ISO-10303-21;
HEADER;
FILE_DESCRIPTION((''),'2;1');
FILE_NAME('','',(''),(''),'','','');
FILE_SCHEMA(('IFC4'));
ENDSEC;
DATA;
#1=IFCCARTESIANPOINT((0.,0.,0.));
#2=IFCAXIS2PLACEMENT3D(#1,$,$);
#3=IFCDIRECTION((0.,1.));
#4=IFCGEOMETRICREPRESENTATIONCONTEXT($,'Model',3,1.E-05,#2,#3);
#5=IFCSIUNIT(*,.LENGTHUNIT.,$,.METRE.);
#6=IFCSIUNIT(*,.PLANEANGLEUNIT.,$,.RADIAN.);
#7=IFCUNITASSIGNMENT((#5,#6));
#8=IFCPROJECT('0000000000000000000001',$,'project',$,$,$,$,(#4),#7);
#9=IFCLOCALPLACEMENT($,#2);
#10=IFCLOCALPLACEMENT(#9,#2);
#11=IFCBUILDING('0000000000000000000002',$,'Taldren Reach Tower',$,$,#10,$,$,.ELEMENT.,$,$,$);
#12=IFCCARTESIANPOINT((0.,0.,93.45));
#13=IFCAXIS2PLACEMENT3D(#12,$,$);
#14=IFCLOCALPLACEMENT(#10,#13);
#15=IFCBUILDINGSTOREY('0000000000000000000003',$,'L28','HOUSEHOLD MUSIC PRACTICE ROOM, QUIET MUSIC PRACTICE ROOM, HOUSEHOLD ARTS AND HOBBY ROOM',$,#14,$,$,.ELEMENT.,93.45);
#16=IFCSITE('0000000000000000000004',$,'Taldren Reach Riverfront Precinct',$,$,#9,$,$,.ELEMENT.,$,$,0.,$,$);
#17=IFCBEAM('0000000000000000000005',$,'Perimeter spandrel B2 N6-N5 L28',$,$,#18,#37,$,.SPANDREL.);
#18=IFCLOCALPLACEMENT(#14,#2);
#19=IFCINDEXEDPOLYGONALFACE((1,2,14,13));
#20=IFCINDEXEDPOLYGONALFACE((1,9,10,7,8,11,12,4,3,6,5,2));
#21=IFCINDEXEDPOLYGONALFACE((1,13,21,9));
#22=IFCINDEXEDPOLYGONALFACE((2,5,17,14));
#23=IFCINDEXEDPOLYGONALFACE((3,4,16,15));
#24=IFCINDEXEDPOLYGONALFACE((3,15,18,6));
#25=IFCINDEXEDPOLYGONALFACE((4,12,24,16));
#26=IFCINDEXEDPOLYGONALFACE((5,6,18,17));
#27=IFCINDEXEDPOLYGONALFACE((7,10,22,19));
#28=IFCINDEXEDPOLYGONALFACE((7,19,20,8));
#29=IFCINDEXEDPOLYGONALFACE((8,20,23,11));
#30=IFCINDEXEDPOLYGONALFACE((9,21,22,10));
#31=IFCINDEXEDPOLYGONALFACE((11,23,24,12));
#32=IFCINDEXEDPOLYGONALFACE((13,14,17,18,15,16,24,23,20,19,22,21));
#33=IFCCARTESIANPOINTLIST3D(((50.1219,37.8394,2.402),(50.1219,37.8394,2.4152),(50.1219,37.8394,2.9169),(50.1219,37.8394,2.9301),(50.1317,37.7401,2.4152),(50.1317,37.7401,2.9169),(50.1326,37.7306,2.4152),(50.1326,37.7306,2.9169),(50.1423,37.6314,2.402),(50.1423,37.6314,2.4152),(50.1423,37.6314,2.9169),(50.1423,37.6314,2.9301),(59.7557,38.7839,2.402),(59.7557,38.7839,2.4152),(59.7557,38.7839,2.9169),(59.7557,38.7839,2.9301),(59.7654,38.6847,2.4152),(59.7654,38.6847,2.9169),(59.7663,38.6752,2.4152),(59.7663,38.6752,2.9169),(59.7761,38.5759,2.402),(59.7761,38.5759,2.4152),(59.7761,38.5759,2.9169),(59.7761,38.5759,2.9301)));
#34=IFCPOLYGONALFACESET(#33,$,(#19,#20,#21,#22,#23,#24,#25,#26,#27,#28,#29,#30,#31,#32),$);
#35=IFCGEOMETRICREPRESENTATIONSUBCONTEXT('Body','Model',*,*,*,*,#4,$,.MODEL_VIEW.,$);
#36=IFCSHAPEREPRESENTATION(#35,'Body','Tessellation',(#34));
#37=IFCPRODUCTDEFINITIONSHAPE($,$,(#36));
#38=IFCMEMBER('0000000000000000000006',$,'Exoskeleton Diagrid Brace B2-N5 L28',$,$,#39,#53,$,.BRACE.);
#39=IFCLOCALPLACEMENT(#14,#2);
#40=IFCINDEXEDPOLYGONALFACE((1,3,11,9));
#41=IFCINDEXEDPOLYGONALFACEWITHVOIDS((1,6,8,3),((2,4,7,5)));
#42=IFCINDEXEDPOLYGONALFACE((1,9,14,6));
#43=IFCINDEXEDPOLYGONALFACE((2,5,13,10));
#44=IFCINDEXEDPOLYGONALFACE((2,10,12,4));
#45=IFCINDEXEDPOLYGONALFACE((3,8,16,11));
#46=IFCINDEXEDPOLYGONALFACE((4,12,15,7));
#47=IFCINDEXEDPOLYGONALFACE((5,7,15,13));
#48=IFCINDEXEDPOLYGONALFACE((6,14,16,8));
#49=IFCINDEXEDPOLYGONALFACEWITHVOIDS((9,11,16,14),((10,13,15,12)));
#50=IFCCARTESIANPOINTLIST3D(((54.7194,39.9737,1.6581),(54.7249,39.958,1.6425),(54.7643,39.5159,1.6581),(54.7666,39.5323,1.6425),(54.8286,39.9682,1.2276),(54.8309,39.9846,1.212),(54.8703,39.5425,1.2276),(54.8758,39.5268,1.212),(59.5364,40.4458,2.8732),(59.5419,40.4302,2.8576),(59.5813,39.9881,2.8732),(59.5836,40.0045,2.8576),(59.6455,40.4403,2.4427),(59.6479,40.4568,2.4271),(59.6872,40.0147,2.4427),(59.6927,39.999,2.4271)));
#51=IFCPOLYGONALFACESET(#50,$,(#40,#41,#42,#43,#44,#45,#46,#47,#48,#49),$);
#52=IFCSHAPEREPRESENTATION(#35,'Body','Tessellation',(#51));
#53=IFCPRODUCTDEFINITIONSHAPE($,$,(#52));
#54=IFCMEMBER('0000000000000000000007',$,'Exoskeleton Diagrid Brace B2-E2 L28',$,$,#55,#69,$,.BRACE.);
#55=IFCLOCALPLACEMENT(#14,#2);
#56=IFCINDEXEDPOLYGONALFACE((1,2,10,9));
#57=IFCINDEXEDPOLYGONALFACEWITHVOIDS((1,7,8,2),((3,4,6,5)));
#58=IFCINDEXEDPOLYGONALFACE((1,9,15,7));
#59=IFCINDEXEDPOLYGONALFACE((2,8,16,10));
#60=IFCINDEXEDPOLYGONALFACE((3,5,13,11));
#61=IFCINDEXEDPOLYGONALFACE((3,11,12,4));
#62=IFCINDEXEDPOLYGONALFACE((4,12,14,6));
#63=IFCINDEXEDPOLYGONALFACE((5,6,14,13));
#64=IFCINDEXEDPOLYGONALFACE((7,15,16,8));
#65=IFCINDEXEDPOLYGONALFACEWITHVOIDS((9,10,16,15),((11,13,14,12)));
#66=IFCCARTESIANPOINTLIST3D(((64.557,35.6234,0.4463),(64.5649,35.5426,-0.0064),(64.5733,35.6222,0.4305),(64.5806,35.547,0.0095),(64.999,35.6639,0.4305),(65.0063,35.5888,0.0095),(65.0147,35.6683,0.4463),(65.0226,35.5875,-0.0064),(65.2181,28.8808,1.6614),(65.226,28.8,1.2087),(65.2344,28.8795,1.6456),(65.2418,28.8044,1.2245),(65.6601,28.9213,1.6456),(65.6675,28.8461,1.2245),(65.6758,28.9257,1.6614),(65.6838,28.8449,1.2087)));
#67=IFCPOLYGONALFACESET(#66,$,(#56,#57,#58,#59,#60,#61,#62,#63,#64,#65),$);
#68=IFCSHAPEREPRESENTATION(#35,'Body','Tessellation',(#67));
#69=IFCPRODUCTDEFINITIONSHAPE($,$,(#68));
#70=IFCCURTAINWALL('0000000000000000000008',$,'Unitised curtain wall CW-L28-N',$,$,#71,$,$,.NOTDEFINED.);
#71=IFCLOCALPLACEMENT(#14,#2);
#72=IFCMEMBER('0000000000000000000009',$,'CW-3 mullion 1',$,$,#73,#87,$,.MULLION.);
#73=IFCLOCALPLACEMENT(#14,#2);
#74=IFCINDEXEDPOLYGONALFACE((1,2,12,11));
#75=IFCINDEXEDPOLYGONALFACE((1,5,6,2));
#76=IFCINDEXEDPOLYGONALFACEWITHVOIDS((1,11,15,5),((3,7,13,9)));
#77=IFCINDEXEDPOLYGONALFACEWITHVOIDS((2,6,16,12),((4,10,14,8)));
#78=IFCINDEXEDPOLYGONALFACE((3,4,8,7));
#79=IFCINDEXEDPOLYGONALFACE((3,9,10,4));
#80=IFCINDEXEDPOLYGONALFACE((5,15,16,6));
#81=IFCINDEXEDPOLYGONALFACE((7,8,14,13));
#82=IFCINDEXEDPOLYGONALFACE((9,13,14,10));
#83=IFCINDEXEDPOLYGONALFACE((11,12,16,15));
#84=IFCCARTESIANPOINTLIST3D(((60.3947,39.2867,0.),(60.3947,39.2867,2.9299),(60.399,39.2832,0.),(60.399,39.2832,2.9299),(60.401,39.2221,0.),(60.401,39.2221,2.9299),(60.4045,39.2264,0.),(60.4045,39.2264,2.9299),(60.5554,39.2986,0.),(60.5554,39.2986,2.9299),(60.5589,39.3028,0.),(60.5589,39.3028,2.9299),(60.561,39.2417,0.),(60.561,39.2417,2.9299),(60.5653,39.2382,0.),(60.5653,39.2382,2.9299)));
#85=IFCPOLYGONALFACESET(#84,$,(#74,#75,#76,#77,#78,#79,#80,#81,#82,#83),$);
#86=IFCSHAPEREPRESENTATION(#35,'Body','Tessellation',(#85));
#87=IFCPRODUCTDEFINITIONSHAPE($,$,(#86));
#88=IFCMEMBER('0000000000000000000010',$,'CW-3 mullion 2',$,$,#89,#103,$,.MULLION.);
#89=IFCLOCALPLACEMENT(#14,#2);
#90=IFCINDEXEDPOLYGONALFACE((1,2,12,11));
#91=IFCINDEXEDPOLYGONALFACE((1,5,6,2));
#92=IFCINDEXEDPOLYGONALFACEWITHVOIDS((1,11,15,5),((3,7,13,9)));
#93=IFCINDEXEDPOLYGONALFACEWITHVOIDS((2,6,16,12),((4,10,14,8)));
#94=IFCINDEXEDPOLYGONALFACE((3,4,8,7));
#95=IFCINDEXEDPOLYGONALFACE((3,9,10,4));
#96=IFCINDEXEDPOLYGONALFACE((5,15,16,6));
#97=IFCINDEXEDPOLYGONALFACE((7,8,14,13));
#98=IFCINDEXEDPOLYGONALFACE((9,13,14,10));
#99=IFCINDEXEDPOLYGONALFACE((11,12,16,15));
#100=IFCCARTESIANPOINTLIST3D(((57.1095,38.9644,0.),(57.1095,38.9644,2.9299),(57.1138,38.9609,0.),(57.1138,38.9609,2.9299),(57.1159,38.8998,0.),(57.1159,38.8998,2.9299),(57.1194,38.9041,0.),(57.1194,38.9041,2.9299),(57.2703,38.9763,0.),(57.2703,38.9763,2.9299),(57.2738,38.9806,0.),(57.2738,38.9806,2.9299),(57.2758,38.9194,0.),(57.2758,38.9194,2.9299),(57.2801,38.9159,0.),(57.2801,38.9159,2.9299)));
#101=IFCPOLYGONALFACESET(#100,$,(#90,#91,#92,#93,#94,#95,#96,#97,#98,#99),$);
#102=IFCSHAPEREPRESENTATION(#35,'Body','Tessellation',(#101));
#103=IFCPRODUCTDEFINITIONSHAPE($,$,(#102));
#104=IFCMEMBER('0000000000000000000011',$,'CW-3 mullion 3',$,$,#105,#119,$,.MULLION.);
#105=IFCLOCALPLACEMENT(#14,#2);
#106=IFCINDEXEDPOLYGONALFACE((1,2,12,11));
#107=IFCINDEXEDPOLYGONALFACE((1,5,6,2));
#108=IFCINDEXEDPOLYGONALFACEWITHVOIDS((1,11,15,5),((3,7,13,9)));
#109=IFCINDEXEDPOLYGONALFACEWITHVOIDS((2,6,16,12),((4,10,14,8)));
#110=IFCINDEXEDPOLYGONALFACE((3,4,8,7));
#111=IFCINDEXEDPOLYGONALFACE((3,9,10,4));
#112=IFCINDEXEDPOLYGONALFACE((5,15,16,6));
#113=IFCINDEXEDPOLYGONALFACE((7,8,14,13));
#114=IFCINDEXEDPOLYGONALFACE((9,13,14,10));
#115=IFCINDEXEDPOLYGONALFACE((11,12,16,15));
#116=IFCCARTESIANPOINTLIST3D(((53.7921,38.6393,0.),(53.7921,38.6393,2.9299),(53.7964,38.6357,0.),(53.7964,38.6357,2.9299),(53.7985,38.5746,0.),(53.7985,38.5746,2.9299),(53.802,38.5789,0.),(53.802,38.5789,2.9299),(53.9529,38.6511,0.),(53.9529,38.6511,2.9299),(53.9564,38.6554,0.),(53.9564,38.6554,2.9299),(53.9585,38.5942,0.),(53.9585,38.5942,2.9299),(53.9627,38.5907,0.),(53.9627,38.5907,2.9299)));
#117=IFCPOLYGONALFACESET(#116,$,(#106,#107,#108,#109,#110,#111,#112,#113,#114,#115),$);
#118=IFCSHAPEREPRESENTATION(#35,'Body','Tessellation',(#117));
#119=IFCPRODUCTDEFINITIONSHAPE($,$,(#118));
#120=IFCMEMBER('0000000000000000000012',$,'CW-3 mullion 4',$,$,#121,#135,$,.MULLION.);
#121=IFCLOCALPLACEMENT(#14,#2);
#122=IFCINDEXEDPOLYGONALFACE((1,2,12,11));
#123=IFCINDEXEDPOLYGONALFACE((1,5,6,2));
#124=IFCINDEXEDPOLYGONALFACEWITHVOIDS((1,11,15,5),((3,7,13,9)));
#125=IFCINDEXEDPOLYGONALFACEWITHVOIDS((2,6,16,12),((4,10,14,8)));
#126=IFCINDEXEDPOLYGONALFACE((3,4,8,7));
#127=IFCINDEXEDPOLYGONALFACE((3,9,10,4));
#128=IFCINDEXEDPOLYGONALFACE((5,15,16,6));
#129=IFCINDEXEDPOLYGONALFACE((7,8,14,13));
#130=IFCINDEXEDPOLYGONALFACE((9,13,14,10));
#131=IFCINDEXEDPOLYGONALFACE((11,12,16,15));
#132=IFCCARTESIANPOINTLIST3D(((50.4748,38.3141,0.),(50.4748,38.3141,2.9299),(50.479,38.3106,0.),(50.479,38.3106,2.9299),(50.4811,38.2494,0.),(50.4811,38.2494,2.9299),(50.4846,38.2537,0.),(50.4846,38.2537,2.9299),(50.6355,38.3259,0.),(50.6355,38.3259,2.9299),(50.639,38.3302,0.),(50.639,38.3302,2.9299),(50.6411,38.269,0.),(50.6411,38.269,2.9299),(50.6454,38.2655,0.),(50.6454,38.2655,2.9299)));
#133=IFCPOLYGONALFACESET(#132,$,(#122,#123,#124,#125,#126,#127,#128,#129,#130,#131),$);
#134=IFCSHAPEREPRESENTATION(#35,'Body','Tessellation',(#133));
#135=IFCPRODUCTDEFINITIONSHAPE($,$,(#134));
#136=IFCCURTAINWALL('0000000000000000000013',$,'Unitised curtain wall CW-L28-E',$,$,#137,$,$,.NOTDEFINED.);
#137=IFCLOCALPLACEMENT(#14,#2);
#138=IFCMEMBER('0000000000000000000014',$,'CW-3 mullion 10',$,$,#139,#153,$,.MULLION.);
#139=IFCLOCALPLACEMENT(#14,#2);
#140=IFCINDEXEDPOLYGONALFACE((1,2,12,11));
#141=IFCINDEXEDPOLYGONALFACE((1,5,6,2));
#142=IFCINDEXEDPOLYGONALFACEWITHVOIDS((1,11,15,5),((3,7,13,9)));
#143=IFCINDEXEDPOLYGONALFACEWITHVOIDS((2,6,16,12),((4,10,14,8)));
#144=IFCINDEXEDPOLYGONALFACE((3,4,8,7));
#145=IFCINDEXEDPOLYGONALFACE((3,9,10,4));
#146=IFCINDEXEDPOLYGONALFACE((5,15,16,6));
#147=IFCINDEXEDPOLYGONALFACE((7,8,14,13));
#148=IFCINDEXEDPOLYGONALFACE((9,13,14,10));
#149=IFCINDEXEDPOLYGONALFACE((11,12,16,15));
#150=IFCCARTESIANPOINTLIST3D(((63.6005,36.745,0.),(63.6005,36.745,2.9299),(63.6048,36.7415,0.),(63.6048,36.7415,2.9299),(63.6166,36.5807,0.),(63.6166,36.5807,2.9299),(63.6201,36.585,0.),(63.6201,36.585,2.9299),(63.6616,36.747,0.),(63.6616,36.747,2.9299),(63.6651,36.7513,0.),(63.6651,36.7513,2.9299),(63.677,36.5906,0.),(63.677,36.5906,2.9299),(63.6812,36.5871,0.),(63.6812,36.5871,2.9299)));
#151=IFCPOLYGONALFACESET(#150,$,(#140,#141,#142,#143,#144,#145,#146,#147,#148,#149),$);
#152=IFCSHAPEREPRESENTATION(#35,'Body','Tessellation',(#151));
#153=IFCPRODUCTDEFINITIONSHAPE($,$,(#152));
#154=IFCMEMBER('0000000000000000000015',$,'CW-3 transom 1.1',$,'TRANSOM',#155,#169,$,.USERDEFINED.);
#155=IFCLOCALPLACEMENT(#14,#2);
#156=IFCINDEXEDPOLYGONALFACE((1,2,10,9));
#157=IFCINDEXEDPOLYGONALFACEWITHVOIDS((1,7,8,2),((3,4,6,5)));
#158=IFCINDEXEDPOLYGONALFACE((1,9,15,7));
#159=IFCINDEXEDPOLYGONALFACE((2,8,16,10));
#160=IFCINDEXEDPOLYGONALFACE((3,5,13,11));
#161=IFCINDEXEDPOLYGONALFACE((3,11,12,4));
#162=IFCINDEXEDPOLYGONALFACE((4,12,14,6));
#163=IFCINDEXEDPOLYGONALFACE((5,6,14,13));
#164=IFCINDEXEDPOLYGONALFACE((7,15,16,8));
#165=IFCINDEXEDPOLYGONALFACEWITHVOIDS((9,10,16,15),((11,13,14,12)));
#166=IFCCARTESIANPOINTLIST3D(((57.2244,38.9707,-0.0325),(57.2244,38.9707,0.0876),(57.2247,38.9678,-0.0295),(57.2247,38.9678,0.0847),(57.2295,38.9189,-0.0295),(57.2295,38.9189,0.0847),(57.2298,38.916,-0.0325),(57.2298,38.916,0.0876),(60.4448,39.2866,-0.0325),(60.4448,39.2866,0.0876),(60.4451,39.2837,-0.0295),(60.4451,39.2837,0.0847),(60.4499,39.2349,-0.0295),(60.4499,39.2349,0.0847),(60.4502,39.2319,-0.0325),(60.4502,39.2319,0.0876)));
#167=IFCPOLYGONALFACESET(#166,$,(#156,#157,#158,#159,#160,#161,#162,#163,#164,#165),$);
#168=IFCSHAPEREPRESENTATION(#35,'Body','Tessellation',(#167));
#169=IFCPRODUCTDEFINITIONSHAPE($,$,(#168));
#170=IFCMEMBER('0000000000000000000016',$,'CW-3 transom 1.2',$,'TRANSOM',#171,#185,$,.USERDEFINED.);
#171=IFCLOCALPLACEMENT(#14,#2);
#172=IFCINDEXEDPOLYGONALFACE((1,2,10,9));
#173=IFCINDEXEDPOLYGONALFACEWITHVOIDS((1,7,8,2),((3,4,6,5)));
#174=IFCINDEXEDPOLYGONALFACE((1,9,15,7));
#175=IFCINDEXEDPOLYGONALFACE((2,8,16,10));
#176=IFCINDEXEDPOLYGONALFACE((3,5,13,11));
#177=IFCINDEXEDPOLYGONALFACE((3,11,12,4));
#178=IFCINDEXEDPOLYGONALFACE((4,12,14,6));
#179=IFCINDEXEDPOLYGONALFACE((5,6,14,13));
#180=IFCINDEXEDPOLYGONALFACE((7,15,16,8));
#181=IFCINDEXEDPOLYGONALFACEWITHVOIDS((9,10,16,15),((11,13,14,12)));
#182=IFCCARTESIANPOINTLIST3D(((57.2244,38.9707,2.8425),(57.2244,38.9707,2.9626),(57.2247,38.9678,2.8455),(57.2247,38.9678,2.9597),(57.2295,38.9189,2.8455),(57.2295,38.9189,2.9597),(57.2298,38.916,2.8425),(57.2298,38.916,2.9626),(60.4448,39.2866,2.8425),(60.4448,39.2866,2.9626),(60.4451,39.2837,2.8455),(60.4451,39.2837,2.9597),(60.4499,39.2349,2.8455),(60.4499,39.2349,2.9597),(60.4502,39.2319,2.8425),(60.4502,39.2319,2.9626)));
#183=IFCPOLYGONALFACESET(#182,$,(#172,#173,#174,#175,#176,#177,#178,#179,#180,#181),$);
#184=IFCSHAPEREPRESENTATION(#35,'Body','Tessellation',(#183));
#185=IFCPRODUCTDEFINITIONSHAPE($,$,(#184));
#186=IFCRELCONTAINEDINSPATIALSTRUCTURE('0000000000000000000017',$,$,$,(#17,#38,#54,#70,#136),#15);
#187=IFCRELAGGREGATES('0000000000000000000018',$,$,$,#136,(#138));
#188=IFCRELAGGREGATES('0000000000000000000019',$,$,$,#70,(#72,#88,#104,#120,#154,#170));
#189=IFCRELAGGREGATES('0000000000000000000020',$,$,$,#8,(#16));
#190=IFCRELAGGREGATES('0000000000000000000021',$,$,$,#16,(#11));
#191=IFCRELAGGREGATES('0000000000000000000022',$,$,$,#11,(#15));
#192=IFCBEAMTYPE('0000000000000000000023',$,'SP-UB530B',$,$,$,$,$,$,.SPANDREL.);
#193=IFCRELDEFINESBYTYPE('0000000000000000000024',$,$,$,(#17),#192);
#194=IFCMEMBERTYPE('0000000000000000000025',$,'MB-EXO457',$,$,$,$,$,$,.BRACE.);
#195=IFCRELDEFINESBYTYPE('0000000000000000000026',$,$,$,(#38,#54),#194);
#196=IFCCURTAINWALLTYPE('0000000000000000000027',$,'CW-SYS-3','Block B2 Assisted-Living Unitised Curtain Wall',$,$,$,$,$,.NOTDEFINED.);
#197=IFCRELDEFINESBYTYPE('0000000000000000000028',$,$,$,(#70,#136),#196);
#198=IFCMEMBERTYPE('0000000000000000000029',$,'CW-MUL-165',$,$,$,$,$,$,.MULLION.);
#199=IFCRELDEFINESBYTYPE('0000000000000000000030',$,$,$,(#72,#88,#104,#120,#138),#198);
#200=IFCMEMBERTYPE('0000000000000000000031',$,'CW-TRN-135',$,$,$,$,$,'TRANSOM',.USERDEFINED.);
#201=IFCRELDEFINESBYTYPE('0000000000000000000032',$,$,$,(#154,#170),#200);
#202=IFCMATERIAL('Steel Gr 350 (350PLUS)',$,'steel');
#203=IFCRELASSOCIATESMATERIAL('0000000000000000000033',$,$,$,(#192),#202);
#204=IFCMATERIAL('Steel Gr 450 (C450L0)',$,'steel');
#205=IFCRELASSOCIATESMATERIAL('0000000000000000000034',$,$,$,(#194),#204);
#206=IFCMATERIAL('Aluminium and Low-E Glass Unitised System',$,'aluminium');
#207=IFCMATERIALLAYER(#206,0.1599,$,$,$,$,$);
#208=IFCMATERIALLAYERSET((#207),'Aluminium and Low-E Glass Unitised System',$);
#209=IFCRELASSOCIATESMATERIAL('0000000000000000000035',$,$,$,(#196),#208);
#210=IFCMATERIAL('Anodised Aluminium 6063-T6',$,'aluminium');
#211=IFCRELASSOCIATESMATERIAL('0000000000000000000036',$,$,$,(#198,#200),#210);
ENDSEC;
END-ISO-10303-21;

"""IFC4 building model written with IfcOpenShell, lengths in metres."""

from ifc_helpers import new_model, si_unit, direction, frame, origin, origin_2d, place, context, subcontext, project, spatial, hollow_rectangle, i_section, extrude, source, transform, mapped, material, layer, layer_set, material_profile, profile_set, type_object, element, aggregate, save


model = new_model("IFC4")

# Units and contexts
model_context = context("Model", 3, precision=1e-05, world=origin(), true_north=direction((0.0, 1.0)))
body_context = subcontext(model_context, "Body", "Model", "MODEL_VIEW")
ifc_project = project(units=[si_unit("LENGTHUNIT", "METRE"), si_unit("PLANEANGLEUNIT", "RADIAN")], contexts=[model_context])

# Site, building, storey
site_placement = place(None, origin())
site = spatial("IfcSite", under=ifc_project, at=site_placement, Name="Taldren Reach Riverfront Precinct", CompositionType="ELEMENT", RefElevation=0.0)
building_placement = place(site_placement, origin())
building = spatial("IfcBuilding", under=site, at=building_placement, Name="Taldren Reach Tower", CompositionType="ELEMENT")
storey_placement = place(building_placement, frame((0.0, 0.0, 93.45)))
storey = spatial("IfcBuildingStorey", under=building, at=storey_placement, Name="L28", Description="HOUSEHOLD MUSIC PRACTICE ROOM, QUIET MUSIC PRACTICE ROOM, HOUSEHOLD ARTS AND HOBBY ROOM", CompositionType="ELEMENT", Elevation=93.45)

# Shared definitions
ifc_material_1 = material(Name="Steel Gr 350 (350PLUS)", Category="steel")

# Shared definitions
ifc_material_profile_1 = material_profile(ifc_material_1, i_section(OverallWidth=0.209, OverallDepth=0.5281, WebThickness=0.0095, FlangeThickness=0.0132, at=origin_2d()), Name="530UB82.0")
ifc_profile_set_1 = profile_set([ifc_material_profile_1], Name="Steel Gr 350 (350PLUS)")
beam_type = type_object("IfcBeamType", Name="SP-UB530B", PredefinedType="SPANDREL", material=ifc_profile_set_1)

# Shared definitions
ifc_material_2 = material(Name="Steel Gr 450 (C450L0)", Category="steel")

# Beam
shared_shape_1 = source(origin(), body_context, "Body", "SweptSolid", [
    extrude(i_section(OverallWidth=0.209, OverallDepth=0.5281, WebThickness=0.0095, FlangeThickness=0.0132, at=origin_2d()), origin(), (0.0, 0.0, 1.0), 9.6799),
])
beam_1_placement = place(storey_placement, frame((59.7659, 38.6799, 2.666), z_axis=(-0.995228, -0.097581, 0.0), x_axis=(0.097581, -0.995228, 0.0)))
element("IfcBeam", 1, at=beam_1_placement, inside=storey, type_object=beam_type, Name="Perimeter spandrel B2 N6-N5 L28", PredefinedType="SPANDREL", context=body_context, shape_type="MappedRepresentation", body=[
    mapped(shared_shape_1, transform((0.0, 0.0, 0.0), scale=1.0)),
])

# Members
ifc_material_profile_2 = material_profile(ifc_material_2, hollow_rectangle(XDim=0.46, YDim=0.46, WallThickness=0.0161, at=origin_2d()), Name="460x460x16.0SHS")
ifc_profile_set_2 = profile_set([ifc_material_profile_2], Name="Steel Gr 450 (C450L0)")
member_type_1 = type_object("IfcMemberType", Name="MB-EXO457", PredefinedType="BRACE", material=ifc_profile_set_2)
shared_shape_2 = source(origin(), body_context, "Body", "SweptSolid", [
    extrude(hollow_rectangle(XDim=0.46, YDim=0.46, WallThickness=0.0161, at=origin_2d()), origin(), (0.0, 0.0, 1.0), 4.9902),
])
member_1_placement = place(storey_placement, frame((54.7976, 39.7502, 1.4351), z_axis=(0.965276, 0.09462, 0.243496), x_axis=(-0.097556, 0.99523, 0.0)))
element("IfcMember", 2, at=member_1_placement, inside=storey, type_object=member_type_1, Name="Exoskeleton Diagrid Brace B2-N5 L28", PredefinedType="BRACE", context=body_context, shape_type="MappedRepresentation", body=[
    mapped(shared_shape_2, transform((0.0, 0.0, 0.0), scale=1.0)),
])
shared_shape_3 = source(origin(), body_context, "Body", "SweptSolid", [
    extrude(hollow_rectangle(XDim=0.46, YDim=0.46, WallThickness=0.0161, at=origin_2d()), origin(), (0.0, 0.0, 1.0), 6.8831),
])
member_2_placement = place(storey_placement, frame((64.7898, 35.6055, 0.22), z_axis=(0.096051, -0.979597, 0.176532), x_axis=(0.995227, 0.097584, 0.0)))
element("IfcMember", 3, at=member_2_placement, inside=storey, type_object=member_type_1, Name="Exoskeleton Diagrid Brace B2-E2 L28", PredefinedType="BRACE", context=body_context, shape_type="MappedRepresentation", body=[
    mapped(shared_shape_3, transform((0.0, 0.0, 0.0), scale=1.0)),
])

# Curtain wall, members
ifc_material_3 = material(Name="Aluminium and Low-E Glass Unitised System", Category="aluminium")
ifc_layer_1 = layer(ifc_material_3, 0.1599)
ifc_layer_set_1 = layer_set([ifc_layer_1], Name="Aluminium and Low-E Glass Unitised System")
curtain_wall_type = type_object("IfcCurtainWallType", Name="CW-SYS-3", Description="Block B2 Assisted-Living Unitised Curtain Wall", PredefinedType="NOTDEFINED", material=ifc_layer_set_1)
curtain_wall_1_placement = place(storey_placement, origin())
curtain_wall_1 = element("IfcCurtainWall", 4, at=curtain_wall_1_placement, inside=storey, type_object=curtain_wall_type, Name="Unitised curtain wall CW-L28-N", PredefinedType="NOTDEFINED")
ifc_material_4 = material(Name="Anodised Aluminium 6063-T6", Category="aluminium")
ifc_material_profile_3 = material_profile(ifc_material_4, hollow_rectangle(XDim=0.0649, YDim=0.165, WallThickness=0.0039, at=origin_2d()), Name="ALU-165x65x4RHS")
ifc_profile_set_3 = profile_set([ifc_material_profile_3], Name="Anodised Aluminium 6063-T6")
member_type_2 = type_object("IfcMemberType", Name="CW-MUL-165", PredefinedType="MULLION", material=ifc_profile_set_3)
shared_shape_4 = source(origin(), body_context, "Body", "SweptSolid", [
    extrude(hollow_rectangle(XDim=0.0649, YDim=0.165, WallThickness=0.0039, at=origin_2d()), origin(), (0.0, 0.0, 1.0), 2.9299),
])
member_3_placement = place(storey_placement, frame((60.48, 39.2625, 0.0), z_axis=(0.0, 0.0, 1.0), x_axis=(0.097583, -0.995227, 0.0)))
member_3 = element("IfcMember", 5, at=member_3_placement, type_object=member_type_2, Name="CW-3 mullion 1", PredefinedType="MULLION", context=body_context, shape_type="MappedRepresentation", body=[
    mapped(shared_shape_4, transform((0.0, 0.0, 0.0), scale=1.0)),
])
member_4_placement = place(storey_placement, frame((57.1948, 38.9402, 0.0), z_axis=(0.0, 0.0, 1.0), x_axis=(0.097583, -0.995227, 0.0)))
member_4 = element("IfcMember", 6, at=member_4_placement, type_object=member_type_2, Name="CW-3 mullion 2", PredefinedType="MULLION", context=body_context, shape_type="MappedRepresentation", body=[
    mapped(shared_shape_4, transform((0.0, 0.0, 0.0), scale=1.0)),
])
member_5_placement = place(storey_placement, frame((53.8774, 38.615, 0.0), z_axis=(0.0, 0.0, 1.0), x_axis=(0.097583, -0.995227, 0.0)))
member_5 = element("IfcMember", 7, at=member_5_placement, type_object=member_type_2, Name="CW-3 mullion 3", PredefinedType="MULLION", context=body_context, shape_type="MappedRepresentation", body=[
    mapped(shared_shape_4, transform((0.0, 0.0, 0.0), scale=1.0)),
])
member_6_placement = place(storey_placement, frame((50.5601, 38.2898, 0.0), z_axis=(0.0, 0.0, 1.0), x_axis=(0.097583, -0.995227, 0.0)))
member_6 = element("IfcMember", 8, at=member_6_placement, type_object=member_type_2, Name="CW-3 mullion 4", PredefinedType="MULLION", context=body_context, shape_type="MappedRepresentation", body=[
    mapped(shared_shape_4, transform((0.0, 0.0, 0.0), scale=1.0)),
])

# Curtain wall, member
curtain_wall_2_placement = place(storey_placement, origin())
curtain_wall_2 = element("IfcCurtainWall", 9, at=curtain_wall_2_placement, inside=storey, type_object=curtain_wall_type, Name="Unitised curtain wall CW-L28-E", PredefinedType="NOTDEFINED")
member_7_placement = place(storey_placement, frame((63.6409, 36.666, 0.0), z_axis=(0.0, 0.0, 1.0), x_axis=(-0.995227, -0.097583, 0.0)))
member_7 = element("IfcMember", 10, at=member_7_placement, type_object=member_type_2, Name="CW-3 mullion 10", PredefinedType="MULLION", context=body_context, shape_type="MappedRepresentation", body=[
    mapped(shared_shape_4, transform((0.0, 0.0, 0.0), scale=1.0)),
])
aggregate(curtain_wall_2, [member_7])

# Members
ifc_material_profile_4 = material_profile(ifc_material_4, hollow_rectangle(XDim=0.0549, YDim=0.1201, WallThickness=0.0029, at=origin_2d()), Name="ALU-120x55x3RHS")
ifc_profile_set_4 = profile_set([ifc_material_profile_4], Name="Anodised Aluminium 6063-T6")
member_type_3 = type_object("IfcMemberType", Name="CW-TRN-135", ElementType="TRANSOM", PredefinedType="USERDEFINED", material=ifc_profile_set_4)
shared_shape_5 = source(origin(), body_context, "Body", "SweptSolid", [
    extrude(hollow_rectangle(XDim=0.0549, YDim=0.1201, WallThickness=0.0029, at=origin_2d()), origin(), (0.0, 0.0, 1.0), 3.2358),
])
member_8_placement = place(storey_placement, frame((60.4475, 39.2593, 0.0276), z_axis=(-0.995223, -0.097629, 0.0), x_axis=(0.097629, -0.995223, 0.0)))
member_8 = element("IfcMember", 11, at=member_8_placement, type_object=member_type_3, Name="CW-3 transom 1.1", ObjectType="TRANSOM", PredefinedType="USERDEFINED", context=body_context, shape_type="MappedRepresentation", body=[
    mapped(shared_shape_5, transform((0.0, 0.0, 0.0), scale=1.0)),
])
member_9_placement = place(storey_placement, frame((60.4475, 39.2593, 2.9026), z_axis=(-0.995223, -0.097629, 0.0), x_axis=(0.097629, -0.995223, 0.0)))
member_9 = element("IfcMember", 12, at=member_9_placement, type_object=member_type_3, Name="CW-3 transom 1.2", ObjectType="TRANSOM", PredefinedType="USERDEFINED", context=body_context, shape_type="MappedRepresentation", body=[
    mapped(shared_shape_5, transform((0.0, 0.0, 0.0), scale=1.0)),
])

aggregate(curtain_wall_1, [member_3, member_4, member_5, member_6, member_8, member_9])

save(model, "model.ifc")
